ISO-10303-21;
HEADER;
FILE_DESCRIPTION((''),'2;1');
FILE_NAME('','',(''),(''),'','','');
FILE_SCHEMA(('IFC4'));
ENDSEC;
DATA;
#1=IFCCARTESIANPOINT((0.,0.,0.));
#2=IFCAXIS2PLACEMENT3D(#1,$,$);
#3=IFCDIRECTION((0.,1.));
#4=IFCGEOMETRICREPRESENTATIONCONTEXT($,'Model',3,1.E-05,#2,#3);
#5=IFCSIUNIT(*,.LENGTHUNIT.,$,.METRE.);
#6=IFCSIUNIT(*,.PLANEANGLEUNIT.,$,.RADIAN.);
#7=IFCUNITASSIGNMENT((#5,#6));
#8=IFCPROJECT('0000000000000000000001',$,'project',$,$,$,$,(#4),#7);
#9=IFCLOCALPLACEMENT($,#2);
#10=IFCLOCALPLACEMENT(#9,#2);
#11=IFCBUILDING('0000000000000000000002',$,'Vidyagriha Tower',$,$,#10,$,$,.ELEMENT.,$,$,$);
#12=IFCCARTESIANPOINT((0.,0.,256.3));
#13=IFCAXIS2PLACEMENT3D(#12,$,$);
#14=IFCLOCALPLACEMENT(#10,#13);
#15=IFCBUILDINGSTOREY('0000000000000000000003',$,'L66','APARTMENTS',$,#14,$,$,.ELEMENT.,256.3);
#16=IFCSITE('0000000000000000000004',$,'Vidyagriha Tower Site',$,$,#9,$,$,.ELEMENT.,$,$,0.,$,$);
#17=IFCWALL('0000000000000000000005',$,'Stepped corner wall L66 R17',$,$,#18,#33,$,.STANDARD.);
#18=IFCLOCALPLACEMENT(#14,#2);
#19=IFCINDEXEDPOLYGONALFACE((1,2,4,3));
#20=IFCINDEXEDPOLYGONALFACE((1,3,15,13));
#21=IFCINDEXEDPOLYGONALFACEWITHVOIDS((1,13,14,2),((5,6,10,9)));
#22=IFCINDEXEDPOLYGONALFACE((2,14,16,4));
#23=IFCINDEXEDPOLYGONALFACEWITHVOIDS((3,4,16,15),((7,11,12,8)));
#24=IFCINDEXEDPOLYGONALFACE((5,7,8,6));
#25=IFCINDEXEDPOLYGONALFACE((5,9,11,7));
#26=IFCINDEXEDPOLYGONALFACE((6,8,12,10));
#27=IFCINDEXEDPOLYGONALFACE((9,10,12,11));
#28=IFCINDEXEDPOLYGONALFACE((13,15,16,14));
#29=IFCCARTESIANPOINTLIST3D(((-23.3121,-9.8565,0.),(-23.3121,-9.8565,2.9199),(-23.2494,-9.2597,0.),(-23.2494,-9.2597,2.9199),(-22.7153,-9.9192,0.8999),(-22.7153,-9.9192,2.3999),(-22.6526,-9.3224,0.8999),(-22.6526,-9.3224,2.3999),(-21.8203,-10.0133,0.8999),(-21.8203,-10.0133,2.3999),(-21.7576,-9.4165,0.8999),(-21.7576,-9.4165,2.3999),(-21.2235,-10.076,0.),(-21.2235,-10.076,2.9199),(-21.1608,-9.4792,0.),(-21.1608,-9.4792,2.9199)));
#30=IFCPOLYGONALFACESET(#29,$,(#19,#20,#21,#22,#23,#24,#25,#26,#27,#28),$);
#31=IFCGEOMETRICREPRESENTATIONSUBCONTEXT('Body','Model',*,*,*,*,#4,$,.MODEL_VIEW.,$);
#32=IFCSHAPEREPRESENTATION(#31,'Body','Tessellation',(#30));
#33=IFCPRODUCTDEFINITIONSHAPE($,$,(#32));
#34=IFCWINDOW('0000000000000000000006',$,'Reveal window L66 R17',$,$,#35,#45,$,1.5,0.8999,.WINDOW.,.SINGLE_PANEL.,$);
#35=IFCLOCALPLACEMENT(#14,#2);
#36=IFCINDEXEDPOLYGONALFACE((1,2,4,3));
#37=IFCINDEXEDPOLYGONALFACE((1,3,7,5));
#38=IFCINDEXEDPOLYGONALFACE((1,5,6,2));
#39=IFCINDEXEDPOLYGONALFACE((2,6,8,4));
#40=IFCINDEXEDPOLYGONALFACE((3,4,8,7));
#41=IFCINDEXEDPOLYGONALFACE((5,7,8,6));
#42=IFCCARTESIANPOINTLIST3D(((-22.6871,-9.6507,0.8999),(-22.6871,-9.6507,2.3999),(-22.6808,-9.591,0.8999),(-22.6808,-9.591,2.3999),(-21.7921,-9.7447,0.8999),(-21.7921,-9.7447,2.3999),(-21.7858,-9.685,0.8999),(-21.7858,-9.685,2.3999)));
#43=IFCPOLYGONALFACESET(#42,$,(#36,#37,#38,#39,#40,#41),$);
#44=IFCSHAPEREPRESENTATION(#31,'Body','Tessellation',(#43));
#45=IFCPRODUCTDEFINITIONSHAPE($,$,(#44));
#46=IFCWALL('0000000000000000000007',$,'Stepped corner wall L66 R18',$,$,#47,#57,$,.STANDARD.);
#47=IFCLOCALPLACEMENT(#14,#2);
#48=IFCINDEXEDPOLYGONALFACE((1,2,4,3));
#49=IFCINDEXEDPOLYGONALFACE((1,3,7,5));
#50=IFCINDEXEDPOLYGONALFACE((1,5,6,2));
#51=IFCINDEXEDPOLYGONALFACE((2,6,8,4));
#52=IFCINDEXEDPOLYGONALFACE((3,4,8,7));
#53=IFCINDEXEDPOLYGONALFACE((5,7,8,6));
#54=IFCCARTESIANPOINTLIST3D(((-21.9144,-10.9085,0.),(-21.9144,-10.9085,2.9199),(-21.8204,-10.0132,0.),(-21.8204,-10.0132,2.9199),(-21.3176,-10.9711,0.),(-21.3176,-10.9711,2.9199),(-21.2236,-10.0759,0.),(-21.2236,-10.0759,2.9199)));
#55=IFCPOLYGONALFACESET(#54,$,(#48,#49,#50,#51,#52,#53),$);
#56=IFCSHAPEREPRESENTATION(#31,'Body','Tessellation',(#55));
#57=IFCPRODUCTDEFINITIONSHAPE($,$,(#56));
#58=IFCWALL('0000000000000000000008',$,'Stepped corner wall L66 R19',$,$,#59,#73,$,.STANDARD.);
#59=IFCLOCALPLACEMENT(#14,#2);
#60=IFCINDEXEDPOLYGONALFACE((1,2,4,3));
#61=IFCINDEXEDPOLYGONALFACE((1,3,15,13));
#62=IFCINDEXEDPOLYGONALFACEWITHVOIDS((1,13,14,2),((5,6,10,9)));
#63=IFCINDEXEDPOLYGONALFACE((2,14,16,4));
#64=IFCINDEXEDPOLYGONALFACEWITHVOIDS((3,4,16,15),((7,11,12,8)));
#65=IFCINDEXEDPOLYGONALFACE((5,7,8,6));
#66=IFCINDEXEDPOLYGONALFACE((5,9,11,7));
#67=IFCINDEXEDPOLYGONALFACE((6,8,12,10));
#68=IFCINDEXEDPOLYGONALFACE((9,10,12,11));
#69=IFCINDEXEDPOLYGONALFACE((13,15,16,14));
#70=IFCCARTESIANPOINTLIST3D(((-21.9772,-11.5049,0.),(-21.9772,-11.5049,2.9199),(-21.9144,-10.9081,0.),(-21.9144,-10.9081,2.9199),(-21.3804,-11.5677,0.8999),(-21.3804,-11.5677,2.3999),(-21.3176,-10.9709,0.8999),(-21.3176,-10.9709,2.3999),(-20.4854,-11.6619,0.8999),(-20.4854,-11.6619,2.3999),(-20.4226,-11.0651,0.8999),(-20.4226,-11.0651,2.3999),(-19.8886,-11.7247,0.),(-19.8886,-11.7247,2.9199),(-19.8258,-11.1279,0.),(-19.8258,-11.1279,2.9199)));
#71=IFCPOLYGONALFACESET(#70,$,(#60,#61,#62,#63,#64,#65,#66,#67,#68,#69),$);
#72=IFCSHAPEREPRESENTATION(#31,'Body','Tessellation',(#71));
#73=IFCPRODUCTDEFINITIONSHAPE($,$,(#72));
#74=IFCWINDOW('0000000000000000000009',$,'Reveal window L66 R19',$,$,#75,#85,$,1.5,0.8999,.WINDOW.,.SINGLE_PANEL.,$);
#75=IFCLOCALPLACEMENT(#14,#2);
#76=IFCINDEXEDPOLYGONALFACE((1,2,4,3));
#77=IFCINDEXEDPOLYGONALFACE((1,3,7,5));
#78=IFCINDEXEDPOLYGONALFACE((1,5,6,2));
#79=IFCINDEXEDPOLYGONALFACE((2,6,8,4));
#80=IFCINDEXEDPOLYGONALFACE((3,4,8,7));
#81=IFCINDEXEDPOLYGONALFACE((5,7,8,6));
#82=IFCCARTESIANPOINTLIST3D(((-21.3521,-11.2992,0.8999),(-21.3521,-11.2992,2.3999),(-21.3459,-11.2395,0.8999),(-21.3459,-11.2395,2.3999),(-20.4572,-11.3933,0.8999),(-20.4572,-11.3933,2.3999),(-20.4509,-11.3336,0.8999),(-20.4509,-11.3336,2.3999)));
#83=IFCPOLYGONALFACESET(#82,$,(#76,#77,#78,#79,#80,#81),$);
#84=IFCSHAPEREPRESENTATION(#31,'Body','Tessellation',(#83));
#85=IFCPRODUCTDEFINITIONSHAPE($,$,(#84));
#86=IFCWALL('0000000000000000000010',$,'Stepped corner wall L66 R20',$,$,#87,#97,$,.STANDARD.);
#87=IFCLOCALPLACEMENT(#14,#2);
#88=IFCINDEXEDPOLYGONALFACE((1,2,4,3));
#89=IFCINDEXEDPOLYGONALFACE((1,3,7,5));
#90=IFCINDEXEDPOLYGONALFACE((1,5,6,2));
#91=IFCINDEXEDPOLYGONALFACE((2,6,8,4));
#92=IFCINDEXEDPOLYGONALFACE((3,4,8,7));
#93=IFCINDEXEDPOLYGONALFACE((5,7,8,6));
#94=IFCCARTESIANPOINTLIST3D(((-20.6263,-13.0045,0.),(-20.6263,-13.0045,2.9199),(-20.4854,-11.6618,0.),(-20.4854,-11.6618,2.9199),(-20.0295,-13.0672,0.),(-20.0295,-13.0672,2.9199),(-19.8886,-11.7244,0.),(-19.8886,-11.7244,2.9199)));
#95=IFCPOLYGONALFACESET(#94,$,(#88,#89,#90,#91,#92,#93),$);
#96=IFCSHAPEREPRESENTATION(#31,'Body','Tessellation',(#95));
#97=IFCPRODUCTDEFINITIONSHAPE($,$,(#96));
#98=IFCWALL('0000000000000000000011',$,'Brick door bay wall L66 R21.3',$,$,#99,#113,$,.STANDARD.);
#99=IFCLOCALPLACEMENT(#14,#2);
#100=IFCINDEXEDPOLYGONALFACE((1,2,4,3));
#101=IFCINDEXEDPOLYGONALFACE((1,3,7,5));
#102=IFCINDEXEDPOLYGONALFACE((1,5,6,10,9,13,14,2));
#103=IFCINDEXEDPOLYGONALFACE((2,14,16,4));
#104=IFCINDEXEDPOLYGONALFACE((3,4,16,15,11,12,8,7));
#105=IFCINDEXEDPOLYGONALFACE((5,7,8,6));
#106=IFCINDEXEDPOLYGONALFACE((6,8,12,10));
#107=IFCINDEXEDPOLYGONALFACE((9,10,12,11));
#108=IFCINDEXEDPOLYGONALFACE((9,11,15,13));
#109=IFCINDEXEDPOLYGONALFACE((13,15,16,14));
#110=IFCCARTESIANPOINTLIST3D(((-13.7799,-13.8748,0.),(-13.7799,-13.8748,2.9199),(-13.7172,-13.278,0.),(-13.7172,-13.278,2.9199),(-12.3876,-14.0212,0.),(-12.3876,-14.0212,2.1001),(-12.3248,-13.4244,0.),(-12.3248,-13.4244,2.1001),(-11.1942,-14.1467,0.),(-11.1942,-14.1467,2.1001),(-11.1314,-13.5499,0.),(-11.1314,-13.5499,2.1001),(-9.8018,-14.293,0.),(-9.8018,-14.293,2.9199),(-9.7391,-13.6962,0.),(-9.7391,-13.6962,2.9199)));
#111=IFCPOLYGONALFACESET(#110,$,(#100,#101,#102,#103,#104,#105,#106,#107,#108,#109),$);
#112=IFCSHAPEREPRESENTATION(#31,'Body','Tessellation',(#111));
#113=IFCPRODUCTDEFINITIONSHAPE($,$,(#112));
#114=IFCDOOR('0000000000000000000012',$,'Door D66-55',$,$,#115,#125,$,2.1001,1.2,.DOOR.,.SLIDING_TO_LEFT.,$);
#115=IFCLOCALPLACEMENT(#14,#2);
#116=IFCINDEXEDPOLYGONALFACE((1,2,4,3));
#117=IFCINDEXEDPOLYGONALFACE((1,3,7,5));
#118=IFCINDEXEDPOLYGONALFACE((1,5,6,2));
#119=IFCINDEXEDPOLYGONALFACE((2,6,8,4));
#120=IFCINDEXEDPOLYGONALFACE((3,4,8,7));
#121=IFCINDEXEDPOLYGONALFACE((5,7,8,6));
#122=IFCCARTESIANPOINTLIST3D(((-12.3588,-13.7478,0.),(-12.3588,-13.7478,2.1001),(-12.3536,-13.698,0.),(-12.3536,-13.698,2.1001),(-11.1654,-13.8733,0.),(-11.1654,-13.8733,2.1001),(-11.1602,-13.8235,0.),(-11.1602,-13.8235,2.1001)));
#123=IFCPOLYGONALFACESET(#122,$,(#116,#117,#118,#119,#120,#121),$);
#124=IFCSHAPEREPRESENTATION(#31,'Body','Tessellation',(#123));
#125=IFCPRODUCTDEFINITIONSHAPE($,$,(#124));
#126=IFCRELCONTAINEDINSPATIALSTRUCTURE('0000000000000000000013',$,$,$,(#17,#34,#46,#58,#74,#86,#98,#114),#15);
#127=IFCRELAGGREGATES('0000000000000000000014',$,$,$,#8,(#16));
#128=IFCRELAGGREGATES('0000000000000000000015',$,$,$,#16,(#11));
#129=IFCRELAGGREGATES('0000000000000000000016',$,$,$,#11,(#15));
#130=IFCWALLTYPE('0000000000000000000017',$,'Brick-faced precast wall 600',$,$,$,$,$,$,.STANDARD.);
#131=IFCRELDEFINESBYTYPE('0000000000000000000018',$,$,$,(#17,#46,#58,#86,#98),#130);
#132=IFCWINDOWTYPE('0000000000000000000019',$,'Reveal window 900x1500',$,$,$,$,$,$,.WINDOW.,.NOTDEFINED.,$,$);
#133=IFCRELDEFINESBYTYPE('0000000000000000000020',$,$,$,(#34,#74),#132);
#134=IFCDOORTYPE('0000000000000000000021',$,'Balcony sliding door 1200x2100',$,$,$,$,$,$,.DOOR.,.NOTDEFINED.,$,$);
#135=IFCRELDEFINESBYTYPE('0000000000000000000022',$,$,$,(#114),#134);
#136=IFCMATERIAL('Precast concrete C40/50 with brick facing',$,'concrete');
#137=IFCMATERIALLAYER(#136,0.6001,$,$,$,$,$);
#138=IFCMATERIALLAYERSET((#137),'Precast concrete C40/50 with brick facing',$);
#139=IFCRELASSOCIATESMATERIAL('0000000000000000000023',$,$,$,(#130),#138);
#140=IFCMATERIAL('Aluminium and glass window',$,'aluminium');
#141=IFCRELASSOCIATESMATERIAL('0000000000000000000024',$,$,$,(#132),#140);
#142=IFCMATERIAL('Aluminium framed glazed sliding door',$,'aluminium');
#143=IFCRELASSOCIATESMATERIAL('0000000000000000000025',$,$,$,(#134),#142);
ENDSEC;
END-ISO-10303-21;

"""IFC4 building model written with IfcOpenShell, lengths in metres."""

from ifc_helpers import new_model, si_unit, direction, frame, frame_2d, origin, place, context, subcontext, project, spatial, rectangle, extrude, material, layer, layer_set, type_object, element, fill, save


model = new_model("IFC4")

# Units and contexts
model_context = context("Model", 3, precision=1e-05, world=origin(), true_north=direction((0.0, 1.0)))
body_context = subcontext(model_context, "Body", "Model", "MODEL_VIEW")
ifc_project = project(units=[si_unit("LENGTHUNIT", "METRE"), si_unit("PLANEANGLEUNIT", "RADIAN")], contexts=[model_context])

# Site, building, storey
site_placement = place(None, origin())
site = spatial("IfcSite", under=ifc_project, at=site_placement, Name="Vidyagriha Tower Site", CompositionType="ELEMENT", RefElevation=0.0)
building_placement = place(site_placement, origin())
building = spatial("IfcBuilding", under=site, at=building_placement, Name="Vidyagriha Tower", CompositionType="ELEMENT")
storey_placement = place(building_placement, frame((0.0, 0.0, 256.3)))
storey = spatial("IfcBuildingStorey", under=building, at=storey_placement, Name="L66", Description="APARTMENTS", CompositionType="ELEMENT", Elevation=256.3)

# Wall, opening, window
ifc_material_1 = material(Name="Precast concrete C40/50 with brick facing", Category="concrete")
ifc_layer_1 = layer(ifc_material_1, 0.6001)
ifc_layer_set_1 = layer_set([ifc_layer_1], Name="Precast concrete C40/50 with brick facing")
wall_type = type_object("IfcWallType", Name="Brick-faced precast wall 600", PredefinedType="STANDARD", material=ifc_layer_set_1)
wall_1_placement = place(storey_placement, frame((-23.2808, -9.5581, 0.0), z_axis=(0.0, 0.0, 1.0), x_axis=(0.994524, -0.104509, 0.0)))
wall_1 = element("IfcWall", 1, at=wall_1_placement, inside=storey, type_object=wall_type, Name="Stepped corner wall L66 R17", PredefinedType="STANDARD", context=body_context, shape_type="SweptSolid", body=[
    extrude(rectangle(XDim=2.1001, YDim=0.6001, at=frame_2d((1.05, 0.0))), origin(), (0.0, 0.0, 1.0), 2.9199),
])
opening_1_placement = place(wall_1_placement, frame((0.6001, 0.0, 0.8999)))
opening_1 = element("IfcOpeningElement", 2, at=opening_1_placement, cuts=wall_1, PredefinedType="OPENING", context=body_context, shape_type="SweptSolid", body=[
    extrude(rectangle(XDim=0.8999, YDim=1.5, at=frame_2d((0.45, 0.75))), frame((0.0, 0.3101, 0.0), z_axis=(0.0, -1.0, 0.0), x_axis=(1.0, 0.0, 0.0)), (0.0, 0.0, 1.0), 0.6201),
])
ifc_material_2 = material(Name="Aluminium and glass window", Category="aluminium")
window_type = type_object("IfcWindowType", Name="Reveal window 900x1500", PartitioningType="NOTDEFINED", PredefinedType="WINDOW", material=ifc_material_2)
window_1_placement = place(opening_1_placement, origin())
window_1 = element("IfcWindow", 3, at=window_1_placement, inside=storey, type_object=window_type, Name="Reveal window L66 R17", OverallHeight=1.5, OverallWidth=0.8999, PartitioningType="SINGLE_PANEL", PredefinedType="WINDOW", context=body_context, shape_type="SweptSolid", body=[
    extrude(rectangle(XDim=0.8999, YDim=1.5, at=frame_2d((0.45, 0.75))), frame((0.0, 0.03, 0.0), z_axis=(0.0, -1.0, 0.0), x_axis=(1.0, 0.0, 0.0)), (0.0, 0.0, 1.0), 0.0601),
])
fill(opening_1, window_1)

# Wall
wall_2_placement = place(storey_placement, frame((-21.522, -10.0444, 0.0), z_axis=(0.0, 0.0, 1.0), x_axis=(-0.104417, -0.994534, 0.0)))
element("IfcWall", 4, at=wall_2_placement, inside=storey, type_object=wall_type, Name="Stepped corner wall L66 R18", PredefinedType="STANDARD", context=body_context, shape_type="SweptSolid", body=[
    extrude(rectangle(XDim=0.9001, YDim=0.6001, at=frame_2d((0.4502, 0.0))), origin(), (0.0, 0.0, 1.0), 2.9199),
])

# Wall, opening, window
wall_3_placement = place(storey_placement, frame((-21.9458, -11.2065, 0.0), z_axis=(0.0, 0.0, 1.0), x_axis=(0.994512, -0.104624, 0.0)))
wall_3 = element("IfcWall", 5, at=wall_3_placement, inside=storey, type_object=wall_type, Name="Stepped corner wall L66 R19", PredefinedType="STANDARD", context=body_context, shape_type="SweptSolid", body=[
    extrude(rectangle(XDim=2.1001, YDim=0.6001, at=frame_2d((1.05, 0.0))), origin(), (0.0, 0.0, 1.0), 2.9199),
])
opening_2_placement = place(wall_3_placement, frame((0.6001, 0.0, 0.8999)))
opening_2 = element("IfcOpeningElement", 6, at=opening_2_placement, cuts=wall_3, PredefinedType="OPENING", context=body_context, shape_type="SweptSolid", body=[
    extrude(rectangle(XDim=0.8999, YDim=1.5, at=frame_2d((0.45, 0.75))), frame((0.0, 0.3101, 0.0), z_axis=(0.0, -1.0, 0.0), x_axis=(1.0, 0.0, 0.0)), (0.0, 0.0, 1.0), 0.6201),
])
window_2_placement = place(opening_2_placement, origin())
window_2 = element("IfcWindow", 7, at=window_2_placement, inside=storey, type_object=window_type, Name="Reveal window L66 R19", OverallHeight=1.5, OverallWidth=0.8999, PartitioningType="SINGLE_PANEL", PredefinedType="WINDOW", context=body_context, shape_type="SweptSolid", body=[
    extrude(rectangle(XDim=0.8999, YDim=1.5, at=frame_2d((0.45, 0.75))), frame((0.0, 0.03, 0.0), z_axis=(0.0, -1.0, 0.0), x_axis=(1.0, 0.0, 0.0)), (0.0, 0.0, 1.0), 0.0601),
])
fill(opening_2, window_2)

# Wall
wall_4_placement = place(storey_placement, frame((-20.187, -11.6931, 0.0), z_axis=(0.0, 0.0, 1.0), x_axis=(-0.104337, -0.994542, 0.0)))
element("IfcWall", 8, at=wall_4_placement, inside=storey, type_object=wall_type, Name="Stepped corner wall L66 R20", PredefinedType="STANDARD", context=body_context, shape_type="SweptSolid", body=[
    extrude(rectangle(XDim=1.3501, YDim=0.6001, at=frame_2d((0.675, 0.0))), origin(), (0.0, 0.0, 1.0), 2.9199),
])

# Wall, opening, door
wall_5_placement = place(storey_placement, frame((-13.7485, -13.5764, 0.0), z_axis=(0.0, 0.0, 1.0), x_axis=(0.994519, -0.104555, 0.0)))
wall_5 = element("IfcWall", 9, at=wall_5_placement, inside=storey, type_object=wall_type, Name="Brick door bay wall L66 R21.3", PredefinedType="STANDARD", context=body_context, shape_type="SweptSolid", body=[
    extrude(rectangle(XDim=4.0, YDim=0.6001, at=frame_2d((2.0, 0.0))), origin(), (0.0, 0.0, 1.0), 2.9199),
])
opening_3_placement = place(wall_5_placement, frame((1.3999, 0.0, 0.0)))
opening_3 = element("IfcOpeningElement", 10, at=opening_3_placement, cuts=wall_5, PredefinedType="OPENING", context=body_context, shape_type="SweptSolid", body=[
    extrude(rectangle(XDim=1.2, YDim=2.1001, at=frame_2d((0.6001, 1.05))), frame((0.0, 0.3101, 0.0), z_axis=(0.0, -1.0, 0.0), x_axis=(1.0, 0.0, 0.0)), (0.0, 0.0, 1.0), 0.6201),
])
ifc_material_3 = material(Name="Aluminium framed glazed sliding door", Category="aluminium")
door_type = type_object("IfcDoorType", Name="Balcony sliding door 1200x2100", OperationType="NOTDEFINED", PredefinedType="DOOR", material=ifc_material_3)
door_placement = place(opening_3_placement, origin())
door = element("IfcDoor", 11, at=door_placement, inside=storey, type_object=door_type, Name="Door D66-55", OperationType="SLIDING_TO_LEFT", OverallHeight=2.1001, OverallWidth=1.2, PredefinedType="DOOR", context=body_context, shape_type="SweptSolid", body=[
    extrude(rectangle(XDim=1.2, YDim=2.1001, at=frame_2d((0.6001, 1.05))), frame((0.0, 0.0249, 0.0), z_axis=(0.0, -1.0, 0.0), x_axis=(1.0, 0.0, 0.0)), (0.0, 0.0, 1.0), 0.05),
])
fill(opening_3, door)

save(model, "model.ifc")
